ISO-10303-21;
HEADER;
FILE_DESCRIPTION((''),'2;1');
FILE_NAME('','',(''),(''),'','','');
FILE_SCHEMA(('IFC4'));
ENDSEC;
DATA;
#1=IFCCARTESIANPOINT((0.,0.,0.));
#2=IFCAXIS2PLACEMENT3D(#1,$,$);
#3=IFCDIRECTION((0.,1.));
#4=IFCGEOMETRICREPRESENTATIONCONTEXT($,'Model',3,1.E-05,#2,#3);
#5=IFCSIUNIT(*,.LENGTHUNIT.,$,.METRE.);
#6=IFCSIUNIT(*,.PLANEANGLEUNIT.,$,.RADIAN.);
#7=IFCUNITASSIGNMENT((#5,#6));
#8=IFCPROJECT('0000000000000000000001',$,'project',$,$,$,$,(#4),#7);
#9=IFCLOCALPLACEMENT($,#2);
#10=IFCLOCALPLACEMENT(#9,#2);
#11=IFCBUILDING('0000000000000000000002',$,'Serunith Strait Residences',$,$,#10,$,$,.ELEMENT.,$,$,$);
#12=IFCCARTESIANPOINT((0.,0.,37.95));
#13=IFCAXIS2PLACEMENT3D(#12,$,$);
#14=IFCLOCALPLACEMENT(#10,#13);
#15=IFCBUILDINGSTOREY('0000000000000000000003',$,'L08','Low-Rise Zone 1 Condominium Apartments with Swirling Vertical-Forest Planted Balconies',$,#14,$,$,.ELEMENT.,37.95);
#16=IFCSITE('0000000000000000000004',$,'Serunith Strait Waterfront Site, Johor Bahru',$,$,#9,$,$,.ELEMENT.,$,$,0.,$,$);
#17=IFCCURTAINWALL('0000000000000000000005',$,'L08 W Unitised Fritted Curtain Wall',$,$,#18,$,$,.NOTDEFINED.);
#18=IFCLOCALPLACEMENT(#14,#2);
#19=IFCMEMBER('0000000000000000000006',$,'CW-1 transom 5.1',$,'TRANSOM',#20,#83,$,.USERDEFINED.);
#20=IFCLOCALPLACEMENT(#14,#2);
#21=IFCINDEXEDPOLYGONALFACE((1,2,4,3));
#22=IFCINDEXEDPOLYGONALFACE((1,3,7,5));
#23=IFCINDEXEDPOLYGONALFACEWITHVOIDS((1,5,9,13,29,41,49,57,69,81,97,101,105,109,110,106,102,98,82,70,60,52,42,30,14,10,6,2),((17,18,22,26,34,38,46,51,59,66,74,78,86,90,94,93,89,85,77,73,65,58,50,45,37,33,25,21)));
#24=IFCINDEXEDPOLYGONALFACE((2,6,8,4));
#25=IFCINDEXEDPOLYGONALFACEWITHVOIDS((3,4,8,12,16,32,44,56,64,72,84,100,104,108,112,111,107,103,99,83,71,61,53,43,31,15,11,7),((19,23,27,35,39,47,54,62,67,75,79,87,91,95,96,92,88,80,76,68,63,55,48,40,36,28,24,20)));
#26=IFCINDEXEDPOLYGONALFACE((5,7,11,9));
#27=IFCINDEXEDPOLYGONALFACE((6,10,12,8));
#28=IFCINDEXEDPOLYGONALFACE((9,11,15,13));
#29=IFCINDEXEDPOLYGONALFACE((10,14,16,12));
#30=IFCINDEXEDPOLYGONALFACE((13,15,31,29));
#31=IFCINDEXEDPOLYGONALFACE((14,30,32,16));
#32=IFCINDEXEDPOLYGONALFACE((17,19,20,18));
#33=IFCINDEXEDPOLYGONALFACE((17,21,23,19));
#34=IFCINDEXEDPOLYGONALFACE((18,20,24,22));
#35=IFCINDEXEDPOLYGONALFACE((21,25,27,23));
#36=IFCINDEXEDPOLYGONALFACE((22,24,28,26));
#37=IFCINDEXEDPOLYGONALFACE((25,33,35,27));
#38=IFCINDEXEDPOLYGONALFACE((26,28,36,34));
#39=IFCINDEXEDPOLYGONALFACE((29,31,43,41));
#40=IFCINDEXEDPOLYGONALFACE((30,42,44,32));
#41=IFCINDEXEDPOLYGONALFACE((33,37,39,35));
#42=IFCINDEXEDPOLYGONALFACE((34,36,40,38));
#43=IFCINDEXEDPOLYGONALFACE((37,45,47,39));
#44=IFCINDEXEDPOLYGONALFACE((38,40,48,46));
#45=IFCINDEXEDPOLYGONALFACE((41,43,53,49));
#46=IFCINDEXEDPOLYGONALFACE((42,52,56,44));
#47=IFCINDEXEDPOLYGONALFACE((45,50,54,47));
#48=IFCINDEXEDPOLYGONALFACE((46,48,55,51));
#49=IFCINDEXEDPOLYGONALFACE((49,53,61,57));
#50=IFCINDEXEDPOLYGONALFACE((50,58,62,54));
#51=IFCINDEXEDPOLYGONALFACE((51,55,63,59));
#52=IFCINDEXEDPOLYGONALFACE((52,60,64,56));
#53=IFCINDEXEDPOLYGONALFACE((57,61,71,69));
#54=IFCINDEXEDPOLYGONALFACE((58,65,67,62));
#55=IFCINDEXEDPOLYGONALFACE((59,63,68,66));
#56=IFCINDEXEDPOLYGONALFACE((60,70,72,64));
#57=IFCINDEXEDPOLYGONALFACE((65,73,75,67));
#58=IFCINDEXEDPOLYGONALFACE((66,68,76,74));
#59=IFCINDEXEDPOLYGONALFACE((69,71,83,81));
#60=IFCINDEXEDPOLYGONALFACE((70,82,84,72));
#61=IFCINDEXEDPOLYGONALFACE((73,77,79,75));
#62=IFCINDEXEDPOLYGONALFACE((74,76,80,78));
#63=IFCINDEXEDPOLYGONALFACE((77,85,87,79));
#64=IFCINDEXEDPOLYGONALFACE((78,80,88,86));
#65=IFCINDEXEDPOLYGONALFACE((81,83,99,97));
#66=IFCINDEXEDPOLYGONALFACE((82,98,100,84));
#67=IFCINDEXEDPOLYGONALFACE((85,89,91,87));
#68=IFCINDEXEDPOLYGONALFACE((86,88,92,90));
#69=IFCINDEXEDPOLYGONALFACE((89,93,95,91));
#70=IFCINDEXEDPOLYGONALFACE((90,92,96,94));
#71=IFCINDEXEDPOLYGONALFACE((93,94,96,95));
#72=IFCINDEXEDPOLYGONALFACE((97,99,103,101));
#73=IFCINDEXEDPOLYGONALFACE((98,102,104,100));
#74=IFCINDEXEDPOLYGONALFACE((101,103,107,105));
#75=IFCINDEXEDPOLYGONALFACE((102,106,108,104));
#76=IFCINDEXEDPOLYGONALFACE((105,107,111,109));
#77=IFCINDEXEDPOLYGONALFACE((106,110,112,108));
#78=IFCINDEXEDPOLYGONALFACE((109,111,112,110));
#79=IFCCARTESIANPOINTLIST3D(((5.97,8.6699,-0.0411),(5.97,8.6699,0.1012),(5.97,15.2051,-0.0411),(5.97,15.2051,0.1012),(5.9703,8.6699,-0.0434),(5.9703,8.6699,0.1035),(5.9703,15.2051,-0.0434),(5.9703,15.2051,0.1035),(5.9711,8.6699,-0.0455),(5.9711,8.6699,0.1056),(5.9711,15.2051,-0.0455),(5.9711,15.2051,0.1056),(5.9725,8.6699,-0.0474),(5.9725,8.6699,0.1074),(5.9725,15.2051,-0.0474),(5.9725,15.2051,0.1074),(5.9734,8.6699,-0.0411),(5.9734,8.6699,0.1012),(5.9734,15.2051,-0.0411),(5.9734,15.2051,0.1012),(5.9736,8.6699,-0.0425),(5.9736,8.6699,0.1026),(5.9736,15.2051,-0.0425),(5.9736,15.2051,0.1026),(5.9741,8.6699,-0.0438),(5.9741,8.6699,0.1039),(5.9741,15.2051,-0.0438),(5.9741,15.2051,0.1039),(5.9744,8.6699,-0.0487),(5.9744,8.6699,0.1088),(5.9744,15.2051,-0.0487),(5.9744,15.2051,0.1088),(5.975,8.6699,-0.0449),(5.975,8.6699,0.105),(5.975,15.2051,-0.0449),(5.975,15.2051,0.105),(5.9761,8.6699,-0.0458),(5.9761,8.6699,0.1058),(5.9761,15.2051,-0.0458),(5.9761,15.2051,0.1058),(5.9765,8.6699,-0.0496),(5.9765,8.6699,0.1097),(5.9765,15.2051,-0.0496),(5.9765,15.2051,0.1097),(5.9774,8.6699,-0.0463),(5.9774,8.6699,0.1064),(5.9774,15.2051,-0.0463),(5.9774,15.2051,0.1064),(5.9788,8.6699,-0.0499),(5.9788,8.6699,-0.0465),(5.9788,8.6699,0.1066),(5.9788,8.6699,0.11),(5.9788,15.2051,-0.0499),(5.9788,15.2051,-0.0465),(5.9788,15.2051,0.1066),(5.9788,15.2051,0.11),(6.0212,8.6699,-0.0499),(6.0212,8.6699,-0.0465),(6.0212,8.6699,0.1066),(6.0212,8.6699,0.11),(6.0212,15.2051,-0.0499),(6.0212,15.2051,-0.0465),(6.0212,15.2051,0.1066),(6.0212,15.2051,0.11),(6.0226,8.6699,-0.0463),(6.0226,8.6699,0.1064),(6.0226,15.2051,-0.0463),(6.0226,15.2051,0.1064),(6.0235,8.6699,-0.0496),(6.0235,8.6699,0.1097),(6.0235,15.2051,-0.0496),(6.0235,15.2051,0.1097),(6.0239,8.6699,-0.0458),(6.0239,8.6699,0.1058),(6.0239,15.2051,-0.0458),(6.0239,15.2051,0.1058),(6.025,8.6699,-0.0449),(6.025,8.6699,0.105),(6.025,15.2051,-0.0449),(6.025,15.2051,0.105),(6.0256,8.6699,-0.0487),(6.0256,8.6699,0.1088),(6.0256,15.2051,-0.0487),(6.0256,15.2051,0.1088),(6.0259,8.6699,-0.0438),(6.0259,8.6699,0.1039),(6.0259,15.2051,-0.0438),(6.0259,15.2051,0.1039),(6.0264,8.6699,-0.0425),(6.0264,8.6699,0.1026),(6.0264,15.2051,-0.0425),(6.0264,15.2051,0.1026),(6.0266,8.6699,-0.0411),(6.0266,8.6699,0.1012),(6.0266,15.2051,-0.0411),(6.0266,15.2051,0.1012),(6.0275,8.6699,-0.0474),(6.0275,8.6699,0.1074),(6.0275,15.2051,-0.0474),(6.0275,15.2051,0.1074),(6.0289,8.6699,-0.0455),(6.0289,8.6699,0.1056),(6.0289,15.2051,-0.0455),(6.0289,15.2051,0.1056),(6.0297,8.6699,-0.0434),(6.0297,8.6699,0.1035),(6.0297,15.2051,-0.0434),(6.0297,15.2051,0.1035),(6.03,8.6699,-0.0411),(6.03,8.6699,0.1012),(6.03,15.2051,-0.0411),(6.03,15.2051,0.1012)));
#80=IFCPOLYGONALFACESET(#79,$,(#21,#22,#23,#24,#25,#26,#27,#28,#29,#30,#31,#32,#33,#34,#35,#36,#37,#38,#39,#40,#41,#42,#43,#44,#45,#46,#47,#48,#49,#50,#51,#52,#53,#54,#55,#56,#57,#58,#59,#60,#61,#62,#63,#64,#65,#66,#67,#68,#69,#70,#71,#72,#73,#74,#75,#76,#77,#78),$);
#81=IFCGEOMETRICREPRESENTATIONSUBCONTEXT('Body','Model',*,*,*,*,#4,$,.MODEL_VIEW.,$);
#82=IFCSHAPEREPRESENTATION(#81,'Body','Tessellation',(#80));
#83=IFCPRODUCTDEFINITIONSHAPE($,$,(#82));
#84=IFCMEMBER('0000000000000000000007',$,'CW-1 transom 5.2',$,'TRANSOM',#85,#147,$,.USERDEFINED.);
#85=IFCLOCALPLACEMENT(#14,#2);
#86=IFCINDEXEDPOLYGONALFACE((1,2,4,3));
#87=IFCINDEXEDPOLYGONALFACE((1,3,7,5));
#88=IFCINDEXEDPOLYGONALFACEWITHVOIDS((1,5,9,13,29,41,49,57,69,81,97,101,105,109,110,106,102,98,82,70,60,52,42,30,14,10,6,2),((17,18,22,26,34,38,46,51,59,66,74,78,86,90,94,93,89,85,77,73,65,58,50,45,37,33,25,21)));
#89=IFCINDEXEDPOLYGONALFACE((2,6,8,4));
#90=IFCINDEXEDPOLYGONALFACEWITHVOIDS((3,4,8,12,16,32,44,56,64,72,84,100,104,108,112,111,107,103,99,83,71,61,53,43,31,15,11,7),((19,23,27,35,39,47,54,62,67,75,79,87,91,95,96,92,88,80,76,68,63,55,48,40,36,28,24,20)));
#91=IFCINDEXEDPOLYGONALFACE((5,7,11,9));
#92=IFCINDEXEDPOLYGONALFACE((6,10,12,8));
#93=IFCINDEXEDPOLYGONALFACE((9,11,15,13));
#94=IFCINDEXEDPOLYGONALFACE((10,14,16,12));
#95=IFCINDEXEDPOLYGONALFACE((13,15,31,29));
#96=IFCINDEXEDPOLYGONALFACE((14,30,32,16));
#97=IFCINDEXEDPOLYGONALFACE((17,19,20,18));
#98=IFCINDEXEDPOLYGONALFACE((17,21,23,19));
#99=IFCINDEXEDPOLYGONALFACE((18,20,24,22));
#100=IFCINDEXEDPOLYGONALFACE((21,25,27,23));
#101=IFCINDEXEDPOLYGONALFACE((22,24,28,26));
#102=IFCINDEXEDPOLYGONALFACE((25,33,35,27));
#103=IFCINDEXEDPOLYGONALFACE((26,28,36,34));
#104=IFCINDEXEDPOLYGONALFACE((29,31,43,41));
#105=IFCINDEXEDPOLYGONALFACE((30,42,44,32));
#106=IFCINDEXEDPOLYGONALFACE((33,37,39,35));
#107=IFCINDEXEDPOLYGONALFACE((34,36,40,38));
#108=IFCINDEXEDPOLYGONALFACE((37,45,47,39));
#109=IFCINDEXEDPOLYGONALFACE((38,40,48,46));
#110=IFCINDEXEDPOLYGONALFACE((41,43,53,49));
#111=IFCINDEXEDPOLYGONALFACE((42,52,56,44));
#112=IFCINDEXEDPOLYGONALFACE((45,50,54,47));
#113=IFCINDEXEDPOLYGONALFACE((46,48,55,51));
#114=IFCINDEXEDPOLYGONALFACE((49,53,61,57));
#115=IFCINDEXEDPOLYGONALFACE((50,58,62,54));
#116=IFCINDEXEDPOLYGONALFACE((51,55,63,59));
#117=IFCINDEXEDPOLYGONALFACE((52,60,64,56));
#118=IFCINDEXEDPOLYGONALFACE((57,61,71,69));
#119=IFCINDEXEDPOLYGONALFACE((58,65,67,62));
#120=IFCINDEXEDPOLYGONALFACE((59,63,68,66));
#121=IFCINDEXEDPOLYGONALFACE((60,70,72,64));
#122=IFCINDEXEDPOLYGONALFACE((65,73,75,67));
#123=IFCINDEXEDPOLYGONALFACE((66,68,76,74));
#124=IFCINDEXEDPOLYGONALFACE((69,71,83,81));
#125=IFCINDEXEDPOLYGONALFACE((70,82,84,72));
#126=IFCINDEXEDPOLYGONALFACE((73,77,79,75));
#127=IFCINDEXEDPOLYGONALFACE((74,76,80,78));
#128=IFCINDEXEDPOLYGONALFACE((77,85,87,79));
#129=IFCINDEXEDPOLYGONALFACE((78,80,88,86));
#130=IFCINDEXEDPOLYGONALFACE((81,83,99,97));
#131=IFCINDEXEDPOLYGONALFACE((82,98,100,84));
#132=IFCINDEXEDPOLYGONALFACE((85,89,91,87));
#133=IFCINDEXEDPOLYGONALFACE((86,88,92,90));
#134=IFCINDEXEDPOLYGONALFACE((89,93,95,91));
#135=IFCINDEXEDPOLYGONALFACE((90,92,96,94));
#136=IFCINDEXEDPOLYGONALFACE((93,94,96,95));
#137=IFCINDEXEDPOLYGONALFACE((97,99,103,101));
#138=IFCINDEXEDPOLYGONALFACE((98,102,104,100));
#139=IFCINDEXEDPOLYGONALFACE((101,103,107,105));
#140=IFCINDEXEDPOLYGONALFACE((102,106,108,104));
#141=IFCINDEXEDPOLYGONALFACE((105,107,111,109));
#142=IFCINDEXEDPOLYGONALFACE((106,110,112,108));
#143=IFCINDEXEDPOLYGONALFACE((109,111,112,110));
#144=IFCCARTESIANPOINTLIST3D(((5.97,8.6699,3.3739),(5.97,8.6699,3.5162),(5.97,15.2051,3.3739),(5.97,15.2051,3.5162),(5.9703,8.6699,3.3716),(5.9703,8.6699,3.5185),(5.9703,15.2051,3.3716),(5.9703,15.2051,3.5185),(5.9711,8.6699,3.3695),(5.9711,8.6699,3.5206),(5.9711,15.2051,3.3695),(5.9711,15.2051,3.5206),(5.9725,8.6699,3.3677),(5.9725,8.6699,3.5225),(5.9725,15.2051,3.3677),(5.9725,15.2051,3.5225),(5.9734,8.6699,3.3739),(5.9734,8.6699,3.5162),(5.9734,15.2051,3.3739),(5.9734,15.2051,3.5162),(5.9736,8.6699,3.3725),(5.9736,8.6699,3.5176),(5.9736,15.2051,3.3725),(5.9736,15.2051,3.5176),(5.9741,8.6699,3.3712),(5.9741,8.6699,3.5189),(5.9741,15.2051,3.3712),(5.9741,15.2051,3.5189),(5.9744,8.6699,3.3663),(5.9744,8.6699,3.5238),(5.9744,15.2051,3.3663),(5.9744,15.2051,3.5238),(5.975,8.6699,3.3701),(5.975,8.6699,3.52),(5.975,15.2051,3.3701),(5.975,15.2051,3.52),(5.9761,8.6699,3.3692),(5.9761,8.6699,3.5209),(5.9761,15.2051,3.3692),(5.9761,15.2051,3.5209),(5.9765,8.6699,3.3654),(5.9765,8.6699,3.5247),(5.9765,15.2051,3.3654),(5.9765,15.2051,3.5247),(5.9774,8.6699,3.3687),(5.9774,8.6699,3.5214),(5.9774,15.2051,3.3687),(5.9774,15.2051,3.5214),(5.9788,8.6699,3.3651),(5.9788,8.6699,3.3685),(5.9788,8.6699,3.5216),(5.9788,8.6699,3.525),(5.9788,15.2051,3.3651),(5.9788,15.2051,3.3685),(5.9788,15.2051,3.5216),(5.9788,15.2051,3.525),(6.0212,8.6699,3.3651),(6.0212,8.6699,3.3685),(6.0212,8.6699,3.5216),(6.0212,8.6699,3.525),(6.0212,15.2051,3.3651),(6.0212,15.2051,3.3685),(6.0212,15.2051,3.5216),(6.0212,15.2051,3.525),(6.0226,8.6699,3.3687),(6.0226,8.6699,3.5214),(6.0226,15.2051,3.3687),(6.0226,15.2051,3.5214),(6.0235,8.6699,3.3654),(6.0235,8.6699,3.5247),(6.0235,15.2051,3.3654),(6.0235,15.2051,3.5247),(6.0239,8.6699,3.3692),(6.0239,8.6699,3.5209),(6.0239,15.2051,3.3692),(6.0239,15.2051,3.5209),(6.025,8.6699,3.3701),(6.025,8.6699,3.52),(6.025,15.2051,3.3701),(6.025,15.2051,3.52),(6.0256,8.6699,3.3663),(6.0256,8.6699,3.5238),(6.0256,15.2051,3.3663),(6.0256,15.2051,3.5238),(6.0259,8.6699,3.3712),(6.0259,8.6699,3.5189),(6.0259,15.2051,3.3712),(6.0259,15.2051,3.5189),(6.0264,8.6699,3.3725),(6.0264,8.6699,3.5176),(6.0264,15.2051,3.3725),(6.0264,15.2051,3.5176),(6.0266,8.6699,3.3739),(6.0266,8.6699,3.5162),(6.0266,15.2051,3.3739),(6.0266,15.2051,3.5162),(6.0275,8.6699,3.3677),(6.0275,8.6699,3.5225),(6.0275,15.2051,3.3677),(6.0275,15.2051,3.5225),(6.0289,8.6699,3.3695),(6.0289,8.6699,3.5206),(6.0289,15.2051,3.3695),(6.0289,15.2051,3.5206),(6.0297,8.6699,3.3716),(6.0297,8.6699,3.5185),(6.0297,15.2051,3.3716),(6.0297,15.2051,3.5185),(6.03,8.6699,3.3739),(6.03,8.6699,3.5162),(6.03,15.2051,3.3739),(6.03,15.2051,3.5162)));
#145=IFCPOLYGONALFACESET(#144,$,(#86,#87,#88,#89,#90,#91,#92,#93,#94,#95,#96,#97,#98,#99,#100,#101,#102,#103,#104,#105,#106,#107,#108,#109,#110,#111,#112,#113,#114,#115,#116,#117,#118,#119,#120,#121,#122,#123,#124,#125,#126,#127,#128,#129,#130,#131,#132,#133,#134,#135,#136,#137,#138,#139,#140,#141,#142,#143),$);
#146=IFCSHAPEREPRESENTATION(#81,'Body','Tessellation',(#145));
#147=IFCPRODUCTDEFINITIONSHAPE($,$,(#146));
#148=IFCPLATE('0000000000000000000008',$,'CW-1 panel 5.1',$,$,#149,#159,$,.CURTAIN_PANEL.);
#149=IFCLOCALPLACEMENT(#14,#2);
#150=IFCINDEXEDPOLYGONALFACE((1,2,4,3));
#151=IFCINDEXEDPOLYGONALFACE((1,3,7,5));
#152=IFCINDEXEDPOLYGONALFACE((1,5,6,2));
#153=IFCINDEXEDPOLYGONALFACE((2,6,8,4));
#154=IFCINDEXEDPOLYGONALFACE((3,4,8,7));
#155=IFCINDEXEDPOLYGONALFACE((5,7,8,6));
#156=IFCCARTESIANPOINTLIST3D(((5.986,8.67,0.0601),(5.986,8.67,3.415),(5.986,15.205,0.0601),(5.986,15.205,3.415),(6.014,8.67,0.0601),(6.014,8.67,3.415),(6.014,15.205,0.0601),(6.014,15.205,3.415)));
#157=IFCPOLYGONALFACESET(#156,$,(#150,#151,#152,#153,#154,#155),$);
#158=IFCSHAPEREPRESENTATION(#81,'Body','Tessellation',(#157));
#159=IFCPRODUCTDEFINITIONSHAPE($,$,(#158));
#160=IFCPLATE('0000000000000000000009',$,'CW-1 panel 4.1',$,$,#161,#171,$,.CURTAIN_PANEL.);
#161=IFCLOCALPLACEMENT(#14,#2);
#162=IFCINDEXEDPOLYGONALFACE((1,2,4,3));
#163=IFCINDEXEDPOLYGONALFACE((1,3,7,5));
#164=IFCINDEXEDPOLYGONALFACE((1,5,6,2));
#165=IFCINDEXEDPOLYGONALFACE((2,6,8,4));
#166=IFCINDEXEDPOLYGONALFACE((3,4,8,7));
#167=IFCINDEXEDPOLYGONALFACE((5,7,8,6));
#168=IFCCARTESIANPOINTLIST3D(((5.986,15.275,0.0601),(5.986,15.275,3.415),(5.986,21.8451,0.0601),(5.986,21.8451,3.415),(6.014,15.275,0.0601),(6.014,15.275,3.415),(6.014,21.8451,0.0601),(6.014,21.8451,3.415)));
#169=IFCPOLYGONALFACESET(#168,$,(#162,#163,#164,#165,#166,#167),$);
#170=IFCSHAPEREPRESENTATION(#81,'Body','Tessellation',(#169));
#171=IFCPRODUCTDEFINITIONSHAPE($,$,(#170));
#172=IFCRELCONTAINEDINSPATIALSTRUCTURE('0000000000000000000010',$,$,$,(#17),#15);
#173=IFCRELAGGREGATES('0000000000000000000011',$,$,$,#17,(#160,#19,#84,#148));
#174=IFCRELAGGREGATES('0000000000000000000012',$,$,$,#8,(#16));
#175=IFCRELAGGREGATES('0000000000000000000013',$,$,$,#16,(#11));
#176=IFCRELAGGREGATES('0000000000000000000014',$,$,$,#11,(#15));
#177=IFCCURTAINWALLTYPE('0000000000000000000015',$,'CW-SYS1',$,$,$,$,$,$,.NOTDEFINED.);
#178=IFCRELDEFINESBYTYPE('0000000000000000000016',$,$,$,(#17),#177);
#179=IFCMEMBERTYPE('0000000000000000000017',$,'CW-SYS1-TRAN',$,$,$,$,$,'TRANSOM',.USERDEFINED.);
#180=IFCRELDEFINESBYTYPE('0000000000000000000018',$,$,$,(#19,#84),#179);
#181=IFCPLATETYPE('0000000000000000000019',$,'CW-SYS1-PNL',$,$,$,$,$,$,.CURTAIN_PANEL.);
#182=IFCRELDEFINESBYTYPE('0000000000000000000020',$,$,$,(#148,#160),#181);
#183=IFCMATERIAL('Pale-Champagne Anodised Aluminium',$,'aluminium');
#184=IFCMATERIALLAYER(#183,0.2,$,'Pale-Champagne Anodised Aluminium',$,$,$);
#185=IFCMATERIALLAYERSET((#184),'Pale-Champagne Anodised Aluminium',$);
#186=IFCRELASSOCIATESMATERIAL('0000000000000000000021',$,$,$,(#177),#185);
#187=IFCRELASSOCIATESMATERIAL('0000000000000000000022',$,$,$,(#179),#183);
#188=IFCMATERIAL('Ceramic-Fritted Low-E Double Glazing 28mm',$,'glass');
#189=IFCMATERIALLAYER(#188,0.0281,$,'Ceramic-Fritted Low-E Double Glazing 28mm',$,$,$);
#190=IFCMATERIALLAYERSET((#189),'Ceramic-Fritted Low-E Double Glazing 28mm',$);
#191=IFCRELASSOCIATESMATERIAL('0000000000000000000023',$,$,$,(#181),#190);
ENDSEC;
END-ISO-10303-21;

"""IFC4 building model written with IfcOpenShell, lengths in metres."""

from ifc_helpers import new_model, si_unit, direction, frame, origin, origin_2d, place, context, subcontext, project, spatial, rectangle, hollow_rectangle, extrude, source, transform, mapped, material, layer, layer_set, material_profile, profile_set, type_object, element, aggregate, save


model = new_model("IFC4")

# Units and contexts
model_context = context("Model", 3, precision=1e-05, world=origin(), true_north=direction((0.0, 1.0)))
body_context = subcontext(model_context, "Body", "Model", "MODEL_VIEW")
ifc_project = project(units=[si_unit("LENGTHUNIT", "METRE"), si_unit("PLANEANGLEUNIT", "RADIAN")], contexts=[model_context])

# Site, building, storey
site_placement = place(None, origin())
site = spatial("IfcSite", under=ifc_project, at=site_placement, Name="Serunith Strait Waterfront Site, Johor Bahru", CompositionType="ELEMENT", RefElevation=0.0)
building_placement = place(site_placement, origin())
building = spatial("IfcBuilding", under=site, at=building_placement, Name="Serunith Strait Residences", CompositionType="ELEMENT")
storey_placement = place(building_placement, frame((0.0, 0.0, 37.95)))
storey = spatial("IfcBuildingStorey", under=building, at=storey_placement, Name="L08", Description="Low-Rise Zone 1 Condominium Apartments with Swirling Vertical-Forest Planted Balconies", CompositionType="ELEMENT", Elevation=37.95)

# Curtain wall, members, plates
ifc_material_1 = material(Name="Pale-Champagne Anodised Aluminium", Category="aluminium")
ifc_layer_1 = layer(ifc_material_1, 0.2, Name="Pale-Champagne Anodised Aluminium")
ifc_layer_set_1 = layer_set([ifc_layer_1], Name="Pale-Champagne Anodised Aluminium")
curtain_wall_type = type_object("IfcCurtainWallType", Name="CW-SYS1", PredefinedType="NOTDEFINED", material=ifc_layer_set_1)
curtain_wall_placement = place(storey_placement, origin())
curtain_wall = element("IfcCurtainWall", 1, at=curtain_wall_placement, inside=storey, type_object=curtain_wall_type, Name="L08 W Unitised Fritted Curtain Wall", PredefinedType="NOTDEFINED")
ifc_material_profile_1 = material_profile(ifc_material_1, hollow_rectangle(XDim=0.0601, YDim=0.1599, WallThickness=0.0034, InnerFilletRadius=0.0054, OuterFilletRadius=0.0088, at=origin_2d()), Name="ALU 160x60x3.5")
ifc_profile_set_1 = profile_set([ifc_material_profile_1], Name="Pale-Champagne Anodised Aluminium")
member_type_1 = type_object("IfcMemberType", Name="CW-SYS1-TRAN", ElementType="TRANSOM", PredefinedType="USERDEFINED", material=ifc_profile_set_1)
shared_shape_1 = source(origin(), body_context, "Body", "SweptSolid", [
    extrude(hollow_rectangle(XDim=0.0601, YDim=0.1599, WallThickness=0.0034, InnerFilletRadius=0.0054, OuterFilletRadius=0.0088, at=origin_2d()), origin(), (0.0, 0.0, 1.0), 6.5352),
])
member_1_placement = place(storey_placement, frame((6.0, 15.2051, 0.03), z_axis=(0.0, -1.0, 0.0), x_axis=(1.0, 0.0, 0.0)))
member_1 = element("IfcMember", 2, at=member_1_placement, type_object=member_type_1, Name="CW-1 transom 5.1", ObjectType="TRANSOM", PredefinedType="USERDEFINED", context=body_context, shape_type="MappedRepresentation", body=[
    mapped(shared_shape_1, transform((0.0, 0.0, 0.0), scale=1.0)),
])
member_2_placement = place(storey_placement, frame((6.0, 15.2051, 3.4451), z_axis=(0.0, -1.0, 0.0), x_axis=(1.0, 0.0, 0.0)))
member_2 = element("IfcMember", 3, at=member_2_placement, type_object=member_type_1, Name="CW-1 transom 5.2", ObjectType="TRANSOM", PredefinedType="USERDEFINED", context=body_context, shape_type="MappedRepresentation", body=[
    mapped(shared_shape_1, transform((0.0, 0.0, 0.0), scale=1.0)),
])
ifc_material_2 = material(Name="Ceramic-Fritted Low-E Double Glazing 28mm", Category="glass")
ifc_layer_2 = layer(ifc_material_2, 0.0281, Name="Ceramic-Fritted Low-E Double Glazing 28mm")
ifc_layer_set_2 = layer_set([ifc_layer_2], Name="Ceramic-Fritted Low-E Double Glazing 28mm")
plate_type = type_object("IfcPlateType", Name="CW-SYS1-PNL", PredefinedType="CURTAIN_PANEL", material=ifc_layer_set_2)
shared_shape_2 = source(origin(), body_context, "Body", "SweptSolid", [
    extrude(rectangle(XDim=6.5349, YDim=0.0281, at=origin_2d()), origin(), (0.0, 0.0, 1.0), 3.355),
])
plate_1_placement = place(storey_placement, frame((6.0, 11.9375, 0.0601), z_axis=(0.0, 0.0, 1.0), x_axis=(0.0, -1.0, 0.0)))
plate_1 = element("IfcPlate", 4, at=plate_1_placement, type_object=plate_type, Name="CW-1 panel 5.1", PredefinedType="CURTAIN_PANEL", context=body_context, shape_type="MappedRepresentation", body=[
    mapped(shared_shape_2, transform((0.0, 0.0, 0.0), scale=1.0)),
])
shared_shape_3 = source(origin(), body_context, "Body", "SweptSolid", [
    extrude(rectangle(XDim=6.5701, YDim=0.0281, at=origin_2d()), origin(), (0.0, 0.0, 1.0), 3.355),
])
plate_2_placement = place(storey_placement, frame((6.0, 18.5601, 0.0601), z_axis=(0.0, 0.0, 1.0), x_axis=(0.0, -1.0, 0.0)))
plate_2 = element("IfcPlate", 5, at=plate_2_placement, type_object=plate_type, Name="CW-1 panel 4.1", PredefinedType="CURTAIN_PANEL", context=body_context, shape_type="MappedRepresentation", body=[
    mapped(shared_shape_3, transform((0.0, 0.0, 0.0), scale=1.0)),
])
aggregate(curtain_wall, [plate_2, member_1, member_2, plate_1])

save(model, "model.ifc")
